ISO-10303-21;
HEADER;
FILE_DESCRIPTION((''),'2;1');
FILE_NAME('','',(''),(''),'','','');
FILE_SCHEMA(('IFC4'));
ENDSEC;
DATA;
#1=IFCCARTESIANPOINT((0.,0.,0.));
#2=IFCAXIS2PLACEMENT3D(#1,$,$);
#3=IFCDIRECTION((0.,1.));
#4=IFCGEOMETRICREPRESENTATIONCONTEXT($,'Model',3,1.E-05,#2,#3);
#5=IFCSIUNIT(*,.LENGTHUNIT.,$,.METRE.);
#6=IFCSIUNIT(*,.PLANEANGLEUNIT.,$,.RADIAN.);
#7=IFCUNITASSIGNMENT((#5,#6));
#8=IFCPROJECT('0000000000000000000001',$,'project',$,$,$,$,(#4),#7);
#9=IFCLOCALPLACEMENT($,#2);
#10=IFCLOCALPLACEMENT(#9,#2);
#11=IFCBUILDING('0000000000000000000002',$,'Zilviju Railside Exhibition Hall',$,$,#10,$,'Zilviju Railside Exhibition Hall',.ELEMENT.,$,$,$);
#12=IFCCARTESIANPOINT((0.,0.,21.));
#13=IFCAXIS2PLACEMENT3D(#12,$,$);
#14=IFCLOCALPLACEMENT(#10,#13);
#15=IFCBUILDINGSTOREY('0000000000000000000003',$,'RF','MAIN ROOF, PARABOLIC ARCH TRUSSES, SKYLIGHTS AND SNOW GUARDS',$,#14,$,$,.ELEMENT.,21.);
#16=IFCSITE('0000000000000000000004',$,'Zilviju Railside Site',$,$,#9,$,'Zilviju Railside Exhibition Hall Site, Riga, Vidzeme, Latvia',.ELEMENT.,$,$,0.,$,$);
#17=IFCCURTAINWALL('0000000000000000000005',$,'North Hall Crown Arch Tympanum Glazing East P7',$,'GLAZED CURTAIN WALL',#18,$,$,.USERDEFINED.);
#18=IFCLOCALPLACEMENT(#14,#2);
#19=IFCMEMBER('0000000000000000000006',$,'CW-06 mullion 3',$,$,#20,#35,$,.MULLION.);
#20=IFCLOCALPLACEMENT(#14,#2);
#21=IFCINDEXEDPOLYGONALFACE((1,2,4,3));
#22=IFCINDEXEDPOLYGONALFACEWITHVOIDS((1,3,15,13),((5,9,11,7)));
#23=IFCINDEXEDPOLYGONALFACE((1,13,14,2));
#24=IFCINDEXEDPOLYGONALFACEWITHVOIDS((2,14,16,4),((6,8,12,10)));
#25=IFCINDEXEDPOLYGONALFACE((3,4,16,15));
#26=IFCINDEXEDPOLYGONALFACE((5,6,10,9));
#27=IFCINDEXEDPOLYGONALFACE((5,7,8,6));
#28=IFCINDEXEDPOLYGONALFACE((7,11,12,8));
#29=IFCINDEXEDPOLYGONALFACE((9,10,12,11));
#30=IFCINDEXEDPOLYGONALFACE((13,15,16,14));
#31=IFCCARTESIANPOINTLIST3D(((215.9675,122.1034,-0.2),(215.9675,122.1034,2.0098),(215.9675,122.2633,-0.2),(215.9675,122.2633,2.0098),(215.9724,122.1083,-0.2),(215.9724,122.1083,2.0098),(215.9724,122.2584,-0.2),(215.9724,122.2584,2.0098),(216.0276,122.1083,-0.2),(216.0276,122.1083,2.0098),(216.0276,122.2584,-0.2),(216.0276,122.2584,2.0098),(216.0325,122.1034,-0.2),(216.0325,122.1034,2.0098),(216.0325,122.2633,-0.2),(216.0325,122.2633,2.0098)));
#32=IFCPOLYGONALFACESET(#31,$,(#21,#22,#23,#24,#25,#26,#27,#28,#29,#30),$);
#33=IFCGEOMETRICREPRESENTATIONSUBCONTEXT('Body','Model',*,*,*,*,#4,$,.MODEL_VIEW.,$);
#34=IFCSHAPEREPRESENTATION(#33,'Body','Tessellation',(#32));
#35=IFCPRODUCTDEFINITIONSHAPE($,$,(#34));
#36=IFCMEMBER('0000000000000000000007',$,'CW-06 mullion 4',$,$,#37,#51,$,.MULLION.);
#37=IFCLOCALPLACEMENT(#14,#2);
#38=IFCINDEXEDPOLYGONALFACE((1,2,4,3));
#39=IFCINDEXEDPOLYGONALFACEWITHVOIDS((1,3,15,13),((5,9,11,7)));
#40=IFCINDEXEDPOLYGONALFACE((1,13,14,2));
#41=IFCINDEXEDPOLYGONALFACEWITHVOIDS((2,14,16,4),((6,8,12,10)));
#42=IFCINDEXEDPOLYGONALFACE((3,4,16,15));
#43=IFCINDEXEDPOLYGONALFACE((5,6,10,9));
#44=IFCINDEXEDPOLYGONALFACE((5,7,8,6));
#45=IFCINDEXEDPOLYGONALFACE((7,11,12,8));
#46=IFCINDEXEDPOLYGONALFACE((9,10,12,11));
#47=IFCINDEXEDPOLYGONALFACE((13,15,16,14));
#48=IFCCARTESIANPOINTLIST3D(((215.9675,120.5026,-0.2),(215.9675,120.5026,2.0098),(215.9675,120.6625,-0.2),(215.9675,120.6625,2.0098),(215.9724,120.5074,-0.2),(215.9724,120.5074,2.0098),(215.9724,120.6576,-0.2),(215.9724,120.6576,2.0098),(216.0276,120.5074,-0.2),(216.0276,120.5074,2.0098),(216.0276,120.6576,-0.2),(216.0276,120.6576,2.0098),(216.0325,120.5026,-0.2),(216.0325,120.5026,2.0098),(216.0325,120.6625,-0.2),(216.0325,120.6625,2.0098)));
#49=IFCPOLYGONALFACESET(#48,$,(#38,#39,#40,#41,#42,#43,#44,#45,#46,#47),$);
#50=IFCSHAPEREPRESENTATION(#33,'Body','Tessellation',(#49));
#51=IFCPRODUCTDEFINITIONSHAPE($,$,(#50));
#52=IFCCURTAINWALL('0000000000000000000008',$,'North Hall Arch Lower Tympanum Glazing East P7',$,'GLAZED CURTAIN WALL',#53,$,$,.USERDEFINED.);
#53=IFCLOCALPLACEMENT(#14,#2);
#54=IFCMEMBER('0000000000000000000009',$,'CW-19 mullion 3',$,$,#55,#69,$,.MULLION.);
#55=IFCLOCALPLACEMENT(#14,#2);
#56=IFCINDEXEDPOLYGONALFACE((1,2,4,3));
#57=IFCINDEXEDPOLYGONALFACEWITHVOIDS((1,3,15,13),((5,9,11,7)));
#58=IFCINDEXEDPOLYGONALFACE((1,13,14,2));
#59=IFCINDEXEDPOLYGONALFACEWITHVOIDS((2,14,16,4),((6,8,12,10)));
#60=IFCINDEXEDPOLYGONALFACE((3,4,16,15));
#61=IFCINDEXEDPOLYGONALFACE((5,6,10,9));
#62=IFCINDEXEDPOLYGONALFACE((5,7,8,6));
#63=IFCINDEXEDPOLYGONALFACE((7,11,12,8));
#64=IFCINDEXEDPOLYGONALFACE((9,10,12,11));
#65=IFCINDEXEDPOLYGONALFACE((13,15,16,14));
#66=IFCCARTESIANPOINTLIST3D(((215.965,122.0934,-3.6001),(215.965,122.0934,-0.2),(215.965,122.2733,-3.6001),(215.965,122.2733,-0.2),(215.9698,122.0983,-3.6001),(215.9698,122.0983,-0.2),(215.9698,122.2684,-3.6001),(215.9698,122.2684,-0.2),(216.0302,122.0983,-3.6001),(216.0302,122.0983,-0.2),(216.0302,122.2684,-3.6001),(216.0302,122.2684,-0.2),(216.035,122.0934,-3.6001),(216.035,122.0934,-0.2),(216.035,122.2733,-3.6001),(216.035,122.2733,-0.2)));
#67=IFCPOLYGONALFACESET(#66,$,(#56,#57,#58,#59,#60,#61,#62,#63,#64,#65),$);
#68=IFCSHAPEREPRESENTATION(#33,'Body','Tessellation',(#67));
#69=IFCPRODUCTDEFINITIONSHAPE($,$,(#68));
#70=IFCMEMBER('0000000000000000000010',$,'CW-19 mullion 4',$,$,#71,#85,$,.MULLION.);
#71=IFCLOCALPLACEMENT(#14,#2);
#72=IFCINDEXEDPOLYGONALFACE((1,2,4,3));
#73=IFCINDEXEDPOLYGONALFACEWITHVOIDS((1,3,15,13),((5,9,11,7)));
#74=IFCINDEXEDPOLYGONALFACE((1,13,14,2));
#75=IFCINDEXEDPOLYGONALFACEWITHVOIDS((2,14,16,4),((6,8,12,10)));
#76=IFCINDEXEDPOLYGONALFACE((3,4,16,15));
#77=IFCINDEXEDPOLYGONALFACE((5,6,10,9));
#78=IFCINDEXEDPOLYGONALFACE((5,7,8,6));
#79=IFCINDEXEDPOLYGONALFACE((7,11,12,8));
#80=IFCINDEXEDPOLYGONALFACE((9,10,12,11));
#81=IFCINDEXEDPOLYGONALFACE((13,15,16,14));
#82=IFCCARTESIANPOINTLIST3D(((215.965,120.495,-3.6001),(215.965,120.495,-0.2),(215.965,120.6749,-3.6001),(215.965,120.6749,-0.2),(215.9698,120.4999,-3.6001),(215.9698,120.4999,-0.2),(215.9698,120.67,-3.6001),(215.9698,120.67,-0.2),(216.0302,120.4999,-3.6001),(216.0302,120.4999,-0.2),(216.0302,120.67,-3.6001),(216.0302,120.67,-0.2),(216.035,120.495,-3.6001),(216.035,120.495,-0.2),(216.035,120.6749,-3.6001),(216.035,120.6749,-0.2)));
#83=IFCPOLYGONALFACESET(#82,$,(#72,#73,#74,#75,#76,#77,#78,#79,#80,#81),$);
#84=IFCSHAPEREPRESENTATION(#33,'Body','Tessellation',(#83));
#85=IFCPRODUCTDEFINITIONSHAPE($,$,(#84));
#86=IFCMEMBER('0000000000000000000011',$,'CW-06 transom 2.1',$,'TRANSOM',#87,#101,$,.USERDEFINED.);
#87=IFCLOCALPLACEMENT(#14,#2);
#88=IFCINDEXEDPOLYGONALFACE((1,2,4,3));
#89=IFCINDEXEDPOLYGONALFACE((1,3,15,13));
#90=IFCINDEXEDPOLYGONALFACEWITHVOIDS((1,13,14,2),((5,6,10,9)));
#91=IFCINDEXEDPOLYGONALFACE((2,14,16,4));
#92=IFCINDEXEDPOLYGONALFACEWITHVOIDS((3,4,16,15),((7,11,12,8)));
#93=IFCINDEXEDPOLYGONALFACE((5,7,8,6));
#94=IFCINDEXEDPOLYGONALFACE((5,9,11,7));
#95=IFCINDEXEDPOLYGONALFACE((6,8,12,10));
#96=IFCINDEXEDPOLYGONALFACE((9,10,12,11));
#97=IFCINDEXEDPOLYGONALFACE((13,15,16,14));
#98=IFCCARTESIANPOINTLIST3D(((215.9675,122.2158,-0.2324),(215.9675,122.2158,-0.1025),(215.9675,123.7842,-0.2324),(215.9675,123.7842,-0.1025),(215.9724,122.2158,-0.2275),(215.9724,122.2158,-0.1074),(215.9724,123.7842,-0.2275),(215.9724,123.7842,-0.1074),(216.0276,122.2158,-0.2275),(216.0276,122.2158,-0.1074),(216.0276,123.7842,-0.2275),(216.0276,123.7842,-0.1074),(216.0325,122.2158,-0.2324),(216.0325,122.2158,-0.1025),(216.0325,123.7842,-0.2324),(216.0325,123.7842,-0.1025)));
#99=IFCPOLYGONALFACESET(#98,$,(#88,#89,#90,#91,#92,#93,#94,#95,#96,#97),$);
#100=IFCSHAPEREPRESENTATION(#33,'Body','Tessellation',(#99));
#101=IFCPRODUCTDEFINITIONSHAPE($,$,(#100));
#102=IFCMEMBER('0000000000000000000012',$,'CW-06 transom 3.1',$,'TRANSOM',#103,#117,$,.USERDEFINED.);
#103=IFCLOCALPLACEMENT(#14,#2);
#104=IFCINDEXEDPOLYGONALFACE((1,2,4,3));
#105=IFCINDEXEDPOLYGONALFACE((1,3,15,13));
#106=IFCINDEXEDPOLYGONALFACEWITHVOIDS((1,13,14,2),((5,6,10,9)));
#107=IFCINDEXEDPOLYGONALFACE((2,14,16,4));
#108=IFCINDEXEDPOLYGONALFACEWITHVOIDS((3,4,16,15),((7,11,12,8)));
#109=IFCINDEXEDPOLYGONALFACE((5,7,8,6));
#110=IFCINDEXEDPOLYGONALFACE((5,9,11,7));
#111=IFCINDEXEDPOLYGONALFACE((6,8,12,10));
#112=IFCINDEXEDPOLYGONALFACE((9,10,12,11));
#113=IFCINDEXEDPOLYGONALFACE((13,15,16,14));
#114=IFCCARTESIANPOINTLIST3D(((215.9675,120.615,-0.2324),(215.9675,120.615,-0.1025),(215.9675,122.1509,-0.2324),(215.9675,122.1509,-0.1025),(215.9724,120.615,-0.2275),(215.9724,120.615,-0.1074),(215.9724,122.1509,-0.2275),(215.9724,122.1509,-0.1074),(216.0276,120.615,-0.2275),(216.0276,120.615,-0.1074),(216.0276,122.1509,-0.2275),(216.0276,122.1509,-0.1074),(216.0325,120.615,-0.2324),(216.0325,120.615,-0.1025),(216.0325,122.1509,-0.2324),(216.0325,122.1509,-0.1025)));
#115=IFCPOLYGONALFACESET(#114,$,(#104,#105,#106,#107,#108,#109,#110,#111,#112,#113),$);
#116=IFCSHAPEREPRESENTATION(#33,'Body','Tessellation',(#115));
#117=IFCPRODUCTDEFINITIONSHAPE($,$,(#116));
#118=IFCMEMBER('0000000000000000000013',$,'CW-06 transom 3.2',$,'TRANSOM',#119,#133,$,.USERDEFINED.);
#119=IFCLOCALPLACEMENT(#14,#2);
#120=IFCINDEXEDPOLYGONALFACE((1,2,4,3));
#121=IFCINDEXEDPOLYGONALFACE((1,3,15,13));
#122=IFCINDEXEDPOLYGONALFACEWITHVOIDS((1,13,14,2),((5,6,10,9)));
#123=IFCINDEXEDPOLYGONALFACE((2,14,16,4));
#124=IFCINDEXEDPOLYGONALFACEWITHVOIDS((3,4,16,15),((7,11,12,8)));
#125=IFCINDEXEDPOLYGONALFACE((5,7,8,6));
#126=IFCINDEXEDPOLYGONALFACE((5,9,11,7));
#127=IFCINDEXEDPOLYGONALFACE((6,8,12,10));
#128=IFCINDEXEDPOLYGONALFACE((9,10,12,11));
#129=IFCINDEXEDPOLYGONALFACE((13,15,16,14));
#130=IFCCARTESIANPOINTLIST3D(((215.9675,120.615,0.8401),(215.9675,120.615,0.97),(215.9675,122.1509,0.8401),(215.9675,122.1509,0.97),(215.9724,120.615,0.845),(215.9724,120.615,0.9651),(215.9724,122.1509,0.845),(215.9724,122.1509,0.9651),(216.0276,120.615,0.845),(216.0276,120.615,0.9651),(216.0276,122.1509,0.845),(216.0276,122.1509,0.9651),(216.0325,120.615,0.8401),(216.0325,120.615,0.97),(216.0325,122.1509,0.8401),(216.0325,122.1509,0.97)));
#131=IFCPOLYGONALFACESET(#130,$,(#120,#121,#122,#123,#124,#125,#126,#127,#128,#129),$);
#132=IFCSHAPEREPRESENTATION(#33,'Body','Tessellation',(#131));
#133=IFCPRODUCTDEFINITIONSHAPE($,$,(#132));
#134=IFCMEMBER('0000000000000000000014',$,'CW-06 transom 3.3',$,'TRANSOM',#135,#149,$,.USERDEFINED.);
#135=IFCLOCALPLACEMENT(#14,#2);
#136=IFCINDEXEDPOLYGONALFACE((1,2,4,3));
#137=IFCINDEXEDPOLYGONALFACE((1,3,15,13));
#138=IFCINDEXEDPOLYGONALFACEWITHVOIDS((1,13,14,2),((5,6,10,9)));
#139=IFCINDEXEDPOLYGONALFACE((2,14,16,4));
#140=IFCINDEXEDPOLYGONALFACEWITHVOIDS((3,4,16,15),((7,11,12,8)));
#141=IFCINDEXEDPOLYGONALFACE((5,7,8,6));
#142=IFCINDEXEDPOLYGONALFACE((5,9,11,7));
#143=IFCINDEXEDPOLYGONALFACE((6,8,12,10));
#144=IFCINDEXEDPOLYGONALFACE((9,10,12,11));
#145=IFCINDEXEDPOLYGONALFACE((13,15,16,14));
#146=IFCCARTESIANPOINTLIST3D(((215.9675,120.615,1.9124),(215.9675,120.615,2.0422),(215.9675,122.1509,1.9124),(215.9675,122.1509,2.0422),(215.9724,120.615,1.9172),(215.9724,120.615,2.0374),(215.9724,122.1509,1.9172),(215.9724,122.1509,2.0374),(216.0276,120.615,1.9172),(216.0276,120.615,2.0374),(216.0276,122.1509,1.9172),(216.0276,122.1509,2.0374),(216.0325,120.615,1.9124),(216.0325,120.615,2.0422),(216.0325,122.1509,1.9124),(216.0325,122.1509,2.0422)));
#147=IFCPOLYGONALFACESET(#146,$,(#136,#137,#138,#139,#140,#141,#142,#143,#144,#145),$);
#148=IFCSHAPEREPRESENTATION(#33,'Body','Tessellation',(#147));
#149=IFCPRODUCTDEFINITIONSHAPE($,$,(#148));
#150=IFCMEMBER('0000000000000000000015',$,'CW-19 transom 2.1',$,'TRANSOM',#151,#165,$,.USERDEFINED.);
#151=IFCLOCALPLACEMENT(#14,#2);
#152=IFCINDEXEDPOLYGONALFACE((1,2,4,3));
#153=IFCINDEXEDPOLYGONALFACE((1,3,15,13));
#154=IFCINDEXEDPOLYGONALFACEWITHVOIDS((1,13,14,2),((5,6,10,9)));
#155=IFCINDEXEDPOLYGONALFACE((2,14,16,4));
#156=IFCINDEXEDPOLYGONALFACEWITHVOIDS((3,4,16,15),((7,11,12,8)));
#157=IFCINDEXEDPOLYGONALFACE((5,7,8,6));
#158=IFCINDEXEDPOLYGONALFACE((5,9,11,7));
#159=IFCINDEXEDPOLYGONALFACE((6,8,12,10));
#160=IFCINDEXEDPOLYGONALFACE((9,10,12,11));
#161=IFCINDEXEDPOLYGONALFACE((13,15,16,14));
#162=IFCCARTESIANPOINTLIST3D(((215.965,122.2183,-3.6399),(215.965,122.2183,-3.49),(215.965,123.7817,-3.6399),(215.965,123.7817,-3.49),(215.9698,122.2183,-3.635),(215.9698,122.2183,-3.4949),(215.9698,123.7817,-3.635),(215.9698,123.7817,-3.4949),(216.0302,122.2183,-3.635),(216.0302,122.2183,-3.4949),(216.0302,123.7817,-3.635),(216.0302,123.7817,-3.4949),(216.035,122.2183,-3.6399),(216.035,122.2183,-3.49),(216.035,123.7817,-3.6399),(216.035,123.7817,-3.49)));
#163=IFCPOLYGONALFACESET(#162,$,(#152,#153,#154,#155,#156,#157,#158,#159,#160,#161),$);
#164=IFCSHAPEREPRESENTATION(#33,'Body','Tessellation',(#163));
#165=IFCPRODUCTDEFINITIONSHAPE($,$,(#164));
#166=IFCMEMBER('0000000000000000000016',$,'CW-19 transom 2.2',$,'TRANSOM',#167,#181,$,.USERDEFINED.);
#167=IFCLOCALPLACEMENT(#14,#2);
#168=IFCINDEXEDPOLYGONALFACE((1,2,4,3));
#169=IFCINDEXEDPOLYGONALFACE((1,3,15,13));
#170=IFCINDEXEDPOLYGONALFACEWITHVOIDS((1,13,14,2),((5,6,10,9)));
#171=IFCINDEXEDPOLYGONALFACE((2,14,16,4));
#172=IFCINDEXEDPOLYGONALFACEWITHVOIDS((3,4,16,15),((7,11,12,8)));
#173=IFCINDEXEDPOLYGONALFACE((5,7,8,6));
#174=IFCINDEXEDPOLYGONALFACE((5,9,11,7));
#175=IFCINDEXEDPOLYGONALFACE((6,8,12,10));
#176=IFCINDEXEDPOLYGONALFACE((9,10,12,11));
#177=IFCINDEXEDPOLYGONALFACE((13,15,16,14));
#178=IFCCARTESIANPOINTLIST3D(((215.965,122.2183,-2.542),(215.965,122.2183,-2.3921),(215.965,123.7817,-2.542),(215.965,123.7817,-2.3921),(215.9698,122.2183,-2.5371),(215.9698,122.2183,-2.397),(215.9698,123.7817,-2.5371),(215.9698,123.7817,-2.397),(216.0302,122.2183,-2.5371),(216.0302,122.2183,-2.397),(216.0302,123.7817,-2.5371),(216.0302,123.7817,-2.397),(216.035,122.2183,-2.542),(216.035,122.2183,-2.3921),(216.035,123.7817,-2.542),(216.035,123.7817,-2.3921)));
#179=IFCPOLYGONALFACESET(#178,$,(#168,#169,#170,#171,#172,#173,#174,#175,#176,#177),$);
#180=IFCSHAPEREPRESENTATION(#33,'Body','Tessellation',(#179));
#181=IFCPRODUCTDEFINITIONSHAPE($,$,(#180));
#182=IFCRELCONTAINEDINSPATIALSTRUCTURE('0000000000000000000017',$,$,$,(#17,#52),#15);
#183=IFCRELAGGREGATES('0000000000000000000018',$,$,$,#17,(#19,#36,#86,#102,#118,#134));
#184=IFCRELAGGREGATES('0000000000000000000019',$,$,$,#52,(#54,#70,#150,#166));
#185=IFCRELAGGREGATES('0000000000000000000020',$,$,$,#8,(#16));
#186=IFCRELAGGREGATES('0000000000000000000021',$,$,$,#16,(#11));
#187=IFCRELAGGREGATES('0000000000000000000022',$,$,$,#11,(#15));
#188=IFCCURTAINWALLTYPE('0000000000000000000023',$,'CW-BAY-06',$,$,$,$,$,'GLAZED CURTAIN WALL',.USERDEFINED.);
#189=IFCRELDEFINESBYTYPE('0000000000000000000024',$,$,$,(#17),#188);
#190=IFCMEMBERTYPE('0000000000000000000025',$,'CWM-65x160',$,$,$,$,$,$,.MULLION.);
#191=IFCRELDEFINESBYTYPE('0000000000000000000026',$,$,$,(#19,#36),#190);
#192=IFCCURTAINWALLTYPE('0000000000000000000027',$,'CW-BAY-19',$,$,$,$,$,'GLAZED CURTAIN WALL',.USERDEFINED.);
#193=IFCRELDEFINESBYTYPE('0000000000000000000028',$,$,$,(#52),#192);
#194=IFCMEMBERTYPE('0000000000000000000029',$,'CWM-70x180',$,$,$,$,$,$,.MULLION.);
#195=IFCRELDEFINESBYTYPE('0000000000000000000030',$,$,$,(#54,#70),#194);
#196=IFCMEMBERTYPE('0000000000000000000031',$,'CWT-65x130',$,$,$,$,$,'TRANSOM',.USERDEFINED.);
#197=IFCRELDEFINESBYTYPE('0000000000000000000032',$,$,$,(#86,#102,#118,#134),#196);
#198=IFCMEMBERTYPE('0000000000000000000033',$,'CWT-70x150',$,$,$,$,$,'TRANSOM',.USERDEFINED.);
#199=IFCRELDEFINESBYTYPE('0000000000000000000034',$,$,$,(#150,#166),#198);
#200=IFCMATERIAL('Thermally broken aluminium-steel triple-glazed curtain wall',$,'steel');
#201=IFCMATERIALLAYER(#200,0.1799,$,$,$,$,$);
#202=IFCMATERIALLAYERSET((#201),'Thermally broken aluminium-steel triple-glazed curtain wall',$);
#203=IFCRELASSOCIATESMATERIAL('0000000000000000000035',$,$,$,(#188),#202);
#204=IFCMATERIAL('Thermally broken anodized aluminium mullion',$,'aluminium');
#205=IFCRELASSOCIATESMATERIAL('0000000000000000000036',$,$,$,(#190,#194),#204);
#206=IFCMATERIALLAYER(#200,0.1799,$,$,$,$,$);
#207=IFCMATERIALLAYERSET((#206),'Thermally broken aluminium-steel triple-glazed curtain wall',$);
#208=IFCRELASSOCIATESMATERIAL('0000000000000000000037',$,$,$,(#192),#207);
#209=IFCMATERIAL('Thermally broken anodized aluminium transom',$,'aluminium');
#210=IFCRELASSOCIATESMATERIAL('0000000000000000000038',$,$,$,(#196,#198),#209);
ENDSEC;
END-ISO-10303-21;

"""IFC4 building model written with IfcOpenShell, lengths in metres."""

from ifc_helpers import new_model, si_unit, direction, frame, origin, origin_2d, place, context, subcontext, project, spatial, hollow_rectangle, extrude, material, layer, layer_set, material_profile, profile_set, type_object, element, aggregate, save


model = new_model("IFC4")

# Units and contexts
model_context = context("Model", 3, precision=1e-05, world=origin(), true_north=direction((0.0, 1.0)))
body_context = subcontext(model_context, "Body", "Model", "MODEL_VIEW")
ifc_project = project(units=[si_unit("LENGTHUNIT", "METRE"), si_unit("PLANEANGLEUNIT", "RADIAN")], contexts=[model_context])

# Site, building, storey
site_placement = place(None, origin())
site = spatial("IfcSite", under=ifc_project, at=site_placement, Name="Zilviju Railside Site", LongName="Zilviju Railside Exhibition Hall Site, Riga, Vidzeme, Latvia", CompositionType="ELEMENT", RefElevation=0.0)
building_placement = place(site_placement, origin())
building = spatial("IfcBuilding", under=site, at=building_placement, Name="Zilviju Railside Exhibition Hall", LongName="Zilviju Railside Exhibition Hall", CompositionType="ELEMENT")
storey_placement = place(building_placement, frame((0.0, 0.0, 21.0)))
storey = spatial("IfcBuildingStorey", under=building, at=storey_placement, Name="RF", Description="MAIN ROOF, PARABOLIC ARCH TRUSSES, SKYLIGHTS AND SNOW GUARDS", CompositionType="ELEMENT", Elevation=21.0)

# Curtain walls, members
ifc_material_1 = material(Name="Thermally broken aluminium-steel triple-glazed curtain wall", Category="steel")
ifc_layer_1 = layer(ifc_material_1, 0.1799)
ifc_layer_set_1 = layer_set([ifc_layer_1], Name="Thermally broken aluminium-steel triple-glazed curtain wall")
curtain_wall_type_1 = type_object("IfcCurtainWallType", Name="CW-BAY-06", ElementType="GLAZED CURTAIN WALL", PredefinedType="USERDEFINED", material=ifc_layer_set_1)
curtain_wall_1_placement = place(storey_placement, origin())
curtain_wall_1 = element("IfcCurtainWall", 1, at=curtain_wall_1_placement, inside=storey, type_object=curtain_wall_type_1, Name="North Hall Crown Arch Tympanum Glazing East P7", ObjectType="GLAZED CURTAIN WALL", PredefinedType="USERDEFINED")
ifc_material_2 = material(Name="Thermally broken anodized aluminium mullion", Category="aluminium")
ifc_material_profile_1 = material_profile(ifc_material_2, hollow_rectangle(XDim=0.0649, YDim=0.1599, WallThickness=0.0049, at=origin_2d()), Name="MULLION 160x65x5")
ifc_profile_set_1 = profile_set([ifc_material_profile_1], Name="Thermally broken anodized aluminium mullion")
member_type_1 = type_object("IfcMemberType", Name="CWM-65x160", PredefinedType="MULLION", material=ifc_profile_set_1)
member_1_placement = place(storey_placement, frame((216.0, 122.1833, -0.2), z_axis=(0.0, 0.0, 1.0), x_axis=(1.0, 0.0, 0.0)))
member_1 = element("IfcMember", 2, at=member_1_placement, type_object=member_type_1, Name="CW-06 mullion 3", PredefinedType="MULLION", context=body_context, shape_type="SweptSolid", body=[
    extrude(hollow_rectangle(XDim=0.0649, YDim=0.1599, WallThickness=0.0049, at=origin_2d()), origin(), (0.0, 0.0, 1.0), 2.2097),
])
member_2_placement = place(storey_placement, frame((216.0, 120.5825, -0.2), z_axis=(0.0, 0.0, 1.0), x_axis=(1.0, 0.0, 0.0)))
member_2 = element("IfcMember", 3, at=member_2_placement, type_object=member_type_1, Name="CW-06 mullion 4", PredefinedType="MULLION", context=body_context, shape_type="SweptSolid", body=[
    extrude(hollow_rectangle(XDim=0.0649, YDim=0.1599, WallThickness=0.0049, at=origin_2d()), origin(), (0.0, 0.0, 1.0), 2.2097),
])
ifc_layer_2 = layer(ifc_material_1, 0.1799)
ifc_layer_set_2 = layer_set([ifc_layer_2], Name="Thermally broken aluminium-steel triple-glazed curtain wall")
curtain_wall_type_2 = type_object("IfcCurtainWallType", Name="CW-BAY-19", ElementType="GLAZED CURTAIN WALL", PredefinedType="USERDEFINED", material=ifc_layer_set_2)
curtain_wall_2_placement = place(storey_placement, origin())
curtain_wall_2 = element("IfcCurtainWall", 4, at=curtain_wall_2_placement, inside=storey, type_object=curtain_wall_type_2, Name="North Hall Arch Lower Tympanum Glazing East P7", ObjectType="GLAZED CURTAIN WALL", PredefinedType="USERDEFINED")
ifc_material_profile_2 = material_profile(ifc_material_2, hollow_rectangle(XDim=0.0701, YDim=0.1799, WallThickness=0.0049, at=origin_2d()), Name="MULLION 180x70x5")
ifc_profile_set_2 = profile_set([ifc_material_profile_2], Name="Thermally broken anodized aluminium mullion")
member_type_2 = type_object("IfcMemberType", Name="CWM-70x180", PredefinedType="MULLION", material=ifc_profile_set_2)
member_3_placement = place(storey_placement, frame((216.0, 122.1833, -3.6001), z_axis=(0.0, 0.0, 1.0), x_axis=(1.0, 0.0, 0.0)))
member_3 = element("IfcMember", 5, at=member_3_placement, type_object=member_type_2, Name="CW-19 mullion 3", PredefinedType="MULLION", context=body_context, shape_type="SweptSolid", body=[
    extrude(hollow_rectangle(XDim=0.0701, YDim=0.1799, WallThickness=0.0049, at=origin_2d()), origin(), (0.0, 0.0, 1.0), 3.4001),
])
member_4_placement = place(storey_placement, frame((216.0, 120.585, -3.6001), z_axis=(0.0, 0.0, 1.0), x_axis=(1.0, 0.0, 0.0)))
member_4 = element("IfcMember", 6, at=member_4_placement, type_object=member_type_2, Name="CW-19 mullion 4", PredefinedType="MULLION", context=body_context, shape_type="SweptSolid", body=[
    extrude(hollow_rectangle(XDim=0.0701, YDim=0.1799, WallThickness=0.0049, at=origin_2d()), origin(), (0.0, 0.0, 1.0), 3.4001),
])

# Members
ifc_material_3 = material(Name="Thermally broken anodized aluminium transom", Category="aluminium")
ifc_material_profile_3 = material_profile(ifc_material_3, hollow_rectangle(XDim=0.0649, YDim=0.1299, WallThickness=0.0049, at=origin_2d()), Name="TRANSOM 130x65x5")
ifc_profile_set_3 = profile_set([ifc_material_profile_3], Name="Thermally broken anodized aluminium transom")
member_type_3 = type_object("IfcMemberType", Name="CWT-65x130", ElementType="TRANSOM", PredefinedType="USERDEFINED", material=ifc_profile_set_3)
member_5_placement = place(storey_placement, frame((216.0, 123.7842, -0.1675), z_axis=(0.0, -1.0, 0.0), x_axis=(1.0, 0.0, 0.0)))
member_5 = element("IfcMember", 7, at=member_5_placement, type_object=member_type_3, Name="CW-06 transom 2.1", ObjectType="TRANSOM", PredefinedType="USERDEFINED", context=body_context, shape_type="SweptSolid", body=[
    extrude(hollow_rectangle(XDim=0.0649, YDim=0.1299, WallThickness=0.0049, at=origin_2d()), origin(), (0.0, 0.0, 1.0), 1.5684),
])
member_6_placement = place(storey_placement, frame((216.0, 122.1509, -0.1675), z_axis=(0.0, -1.0, 0.0), x_axis=(1.0, 0.0, 0.0)))
member_6 = element("IfcMember", 8, at=member_6_placement, type_object=member_type_3, Name="CW-06 transom 3.1", ObjectType="TRANSOM", PredefinedType="USERDEFINED", context=body_context, shape_type="SweptSolid", body=[
    extrude(hollow_rectangle(XDim=0.0649, YDim=0.1299, WallThickness=0.0049, at=origin_2d()), origin(), (0.0, 0.0, 1.0), 1.5359),
])
member_7_placement = place(storey_placement, frame((216.0, 122.1509, 0.905), z_axis=(0.0, -1.0, 0.0), x_axis=(1.0, 0.0, 0.0)))
member_7 = element("IfcMember", 9, at=member_7_placement, type_object=member_type_3, Name="CW-06 transom 3.2", ObjectType="TRANSOM", PredefinedType="USERDEFINED", context=body_context, shape_type="SweptSolid", body=[
    extrude(hollow_rectangle(XDim=0.0649, YDim=0.1299, WallThickness=0.0049, at=origin_2d()), origin(), (0.0, 0.0, 1.0), 1.5359),
])
member_8_placement = place(storey_placement, frame((216.0, 122.1509, 1.9773), z_axis=(0.0, -1.0, 0.0), x_axis=(1.0, 0.0, 0.0)))
member_8 = element("IfcMember", 10, at=member_8_placement, type_object=member_type_3, Name="CW-06 transom 3.3", ObjectType="TRANSOM", PredefinedType="USERDEFINED", context=body_context, shape_type="SweptSolid", body=[
    extrude(hollow_rectangle(XDim=0.0649, YDim=0.1299, WallThickness=0.0049, at=origin_2d()), origin(), (0.0, 0.0, 1.0), 1.5359),
])
ifc_material_profile_4 = material_profile(ifc_material_3, hollow_rectangle(XDim=0.0701, YDim=0.1499, WallThickness=0.0049, at=origin_2d()), Name="TRANSOM 150x70x5")
ifc_profile_set_4 = profile_set([ifc_material_profile_4], Name="Thermally broken anodized aluminium transom")
member_type_4 = type_object("IfcMemberType", Name="CWT-70x150", ElementType="TRANSOM", PredefinedType="USERDEFINED", material=ifc_profile_set_4)
member_9_placement = place(storey_placement, frame((216.0, 123.7817, -3.5649), z_axis=(0.0, -1.0, 0.0), x_axis=(1.0, 0.0, 0.0)))
member_9 = element("IfcMember", 11, at=member_9_placement, type_object=member_type_4, Name="CW-19 transom 2.1", ObjectType="TRANSOM", PredefinedType="USERDEFINED", context=body_context, shape_type="SweptSolid", body=[
    extrude(hollow_rectangle(XDim=0.0701, YDim=0.1499, WallThickness=0.0049, at=origin_2d()), origin(), (0.0, 0.0, 1.0), 1.5635),
])
member_10_placement = place(storey_placement, frame((216.0, 123.7817, -2.467), z_axis=(0.0, -1.0, 0.0), x_axis=(1.0, 0.0, 0.0)))
member_10 = element("IfcMember", 12, at=member_10_placement, type_object=member_type_4, Name="CW-19 transom 2.2", ObjectType="TRANSOM", PredefinedType="USERDEFINED", context=body_context, shape_type="SweptSolid", body=[
    extrude(hollow_rectangle(XDim=0.0701, YDim=0.1499, WallThickness=0.0049, at=origin_2d()), origin(), (0.0, 0.0, 1.0), 1.5635),
])

aggregate(curtain_wall_1, [member_1, member_2, member_5, member_6, member_7, member_8])
aggregate(curtain_wall_2, [member_3, member_4, member_9, member_10])

save(model, "model.ifc")
